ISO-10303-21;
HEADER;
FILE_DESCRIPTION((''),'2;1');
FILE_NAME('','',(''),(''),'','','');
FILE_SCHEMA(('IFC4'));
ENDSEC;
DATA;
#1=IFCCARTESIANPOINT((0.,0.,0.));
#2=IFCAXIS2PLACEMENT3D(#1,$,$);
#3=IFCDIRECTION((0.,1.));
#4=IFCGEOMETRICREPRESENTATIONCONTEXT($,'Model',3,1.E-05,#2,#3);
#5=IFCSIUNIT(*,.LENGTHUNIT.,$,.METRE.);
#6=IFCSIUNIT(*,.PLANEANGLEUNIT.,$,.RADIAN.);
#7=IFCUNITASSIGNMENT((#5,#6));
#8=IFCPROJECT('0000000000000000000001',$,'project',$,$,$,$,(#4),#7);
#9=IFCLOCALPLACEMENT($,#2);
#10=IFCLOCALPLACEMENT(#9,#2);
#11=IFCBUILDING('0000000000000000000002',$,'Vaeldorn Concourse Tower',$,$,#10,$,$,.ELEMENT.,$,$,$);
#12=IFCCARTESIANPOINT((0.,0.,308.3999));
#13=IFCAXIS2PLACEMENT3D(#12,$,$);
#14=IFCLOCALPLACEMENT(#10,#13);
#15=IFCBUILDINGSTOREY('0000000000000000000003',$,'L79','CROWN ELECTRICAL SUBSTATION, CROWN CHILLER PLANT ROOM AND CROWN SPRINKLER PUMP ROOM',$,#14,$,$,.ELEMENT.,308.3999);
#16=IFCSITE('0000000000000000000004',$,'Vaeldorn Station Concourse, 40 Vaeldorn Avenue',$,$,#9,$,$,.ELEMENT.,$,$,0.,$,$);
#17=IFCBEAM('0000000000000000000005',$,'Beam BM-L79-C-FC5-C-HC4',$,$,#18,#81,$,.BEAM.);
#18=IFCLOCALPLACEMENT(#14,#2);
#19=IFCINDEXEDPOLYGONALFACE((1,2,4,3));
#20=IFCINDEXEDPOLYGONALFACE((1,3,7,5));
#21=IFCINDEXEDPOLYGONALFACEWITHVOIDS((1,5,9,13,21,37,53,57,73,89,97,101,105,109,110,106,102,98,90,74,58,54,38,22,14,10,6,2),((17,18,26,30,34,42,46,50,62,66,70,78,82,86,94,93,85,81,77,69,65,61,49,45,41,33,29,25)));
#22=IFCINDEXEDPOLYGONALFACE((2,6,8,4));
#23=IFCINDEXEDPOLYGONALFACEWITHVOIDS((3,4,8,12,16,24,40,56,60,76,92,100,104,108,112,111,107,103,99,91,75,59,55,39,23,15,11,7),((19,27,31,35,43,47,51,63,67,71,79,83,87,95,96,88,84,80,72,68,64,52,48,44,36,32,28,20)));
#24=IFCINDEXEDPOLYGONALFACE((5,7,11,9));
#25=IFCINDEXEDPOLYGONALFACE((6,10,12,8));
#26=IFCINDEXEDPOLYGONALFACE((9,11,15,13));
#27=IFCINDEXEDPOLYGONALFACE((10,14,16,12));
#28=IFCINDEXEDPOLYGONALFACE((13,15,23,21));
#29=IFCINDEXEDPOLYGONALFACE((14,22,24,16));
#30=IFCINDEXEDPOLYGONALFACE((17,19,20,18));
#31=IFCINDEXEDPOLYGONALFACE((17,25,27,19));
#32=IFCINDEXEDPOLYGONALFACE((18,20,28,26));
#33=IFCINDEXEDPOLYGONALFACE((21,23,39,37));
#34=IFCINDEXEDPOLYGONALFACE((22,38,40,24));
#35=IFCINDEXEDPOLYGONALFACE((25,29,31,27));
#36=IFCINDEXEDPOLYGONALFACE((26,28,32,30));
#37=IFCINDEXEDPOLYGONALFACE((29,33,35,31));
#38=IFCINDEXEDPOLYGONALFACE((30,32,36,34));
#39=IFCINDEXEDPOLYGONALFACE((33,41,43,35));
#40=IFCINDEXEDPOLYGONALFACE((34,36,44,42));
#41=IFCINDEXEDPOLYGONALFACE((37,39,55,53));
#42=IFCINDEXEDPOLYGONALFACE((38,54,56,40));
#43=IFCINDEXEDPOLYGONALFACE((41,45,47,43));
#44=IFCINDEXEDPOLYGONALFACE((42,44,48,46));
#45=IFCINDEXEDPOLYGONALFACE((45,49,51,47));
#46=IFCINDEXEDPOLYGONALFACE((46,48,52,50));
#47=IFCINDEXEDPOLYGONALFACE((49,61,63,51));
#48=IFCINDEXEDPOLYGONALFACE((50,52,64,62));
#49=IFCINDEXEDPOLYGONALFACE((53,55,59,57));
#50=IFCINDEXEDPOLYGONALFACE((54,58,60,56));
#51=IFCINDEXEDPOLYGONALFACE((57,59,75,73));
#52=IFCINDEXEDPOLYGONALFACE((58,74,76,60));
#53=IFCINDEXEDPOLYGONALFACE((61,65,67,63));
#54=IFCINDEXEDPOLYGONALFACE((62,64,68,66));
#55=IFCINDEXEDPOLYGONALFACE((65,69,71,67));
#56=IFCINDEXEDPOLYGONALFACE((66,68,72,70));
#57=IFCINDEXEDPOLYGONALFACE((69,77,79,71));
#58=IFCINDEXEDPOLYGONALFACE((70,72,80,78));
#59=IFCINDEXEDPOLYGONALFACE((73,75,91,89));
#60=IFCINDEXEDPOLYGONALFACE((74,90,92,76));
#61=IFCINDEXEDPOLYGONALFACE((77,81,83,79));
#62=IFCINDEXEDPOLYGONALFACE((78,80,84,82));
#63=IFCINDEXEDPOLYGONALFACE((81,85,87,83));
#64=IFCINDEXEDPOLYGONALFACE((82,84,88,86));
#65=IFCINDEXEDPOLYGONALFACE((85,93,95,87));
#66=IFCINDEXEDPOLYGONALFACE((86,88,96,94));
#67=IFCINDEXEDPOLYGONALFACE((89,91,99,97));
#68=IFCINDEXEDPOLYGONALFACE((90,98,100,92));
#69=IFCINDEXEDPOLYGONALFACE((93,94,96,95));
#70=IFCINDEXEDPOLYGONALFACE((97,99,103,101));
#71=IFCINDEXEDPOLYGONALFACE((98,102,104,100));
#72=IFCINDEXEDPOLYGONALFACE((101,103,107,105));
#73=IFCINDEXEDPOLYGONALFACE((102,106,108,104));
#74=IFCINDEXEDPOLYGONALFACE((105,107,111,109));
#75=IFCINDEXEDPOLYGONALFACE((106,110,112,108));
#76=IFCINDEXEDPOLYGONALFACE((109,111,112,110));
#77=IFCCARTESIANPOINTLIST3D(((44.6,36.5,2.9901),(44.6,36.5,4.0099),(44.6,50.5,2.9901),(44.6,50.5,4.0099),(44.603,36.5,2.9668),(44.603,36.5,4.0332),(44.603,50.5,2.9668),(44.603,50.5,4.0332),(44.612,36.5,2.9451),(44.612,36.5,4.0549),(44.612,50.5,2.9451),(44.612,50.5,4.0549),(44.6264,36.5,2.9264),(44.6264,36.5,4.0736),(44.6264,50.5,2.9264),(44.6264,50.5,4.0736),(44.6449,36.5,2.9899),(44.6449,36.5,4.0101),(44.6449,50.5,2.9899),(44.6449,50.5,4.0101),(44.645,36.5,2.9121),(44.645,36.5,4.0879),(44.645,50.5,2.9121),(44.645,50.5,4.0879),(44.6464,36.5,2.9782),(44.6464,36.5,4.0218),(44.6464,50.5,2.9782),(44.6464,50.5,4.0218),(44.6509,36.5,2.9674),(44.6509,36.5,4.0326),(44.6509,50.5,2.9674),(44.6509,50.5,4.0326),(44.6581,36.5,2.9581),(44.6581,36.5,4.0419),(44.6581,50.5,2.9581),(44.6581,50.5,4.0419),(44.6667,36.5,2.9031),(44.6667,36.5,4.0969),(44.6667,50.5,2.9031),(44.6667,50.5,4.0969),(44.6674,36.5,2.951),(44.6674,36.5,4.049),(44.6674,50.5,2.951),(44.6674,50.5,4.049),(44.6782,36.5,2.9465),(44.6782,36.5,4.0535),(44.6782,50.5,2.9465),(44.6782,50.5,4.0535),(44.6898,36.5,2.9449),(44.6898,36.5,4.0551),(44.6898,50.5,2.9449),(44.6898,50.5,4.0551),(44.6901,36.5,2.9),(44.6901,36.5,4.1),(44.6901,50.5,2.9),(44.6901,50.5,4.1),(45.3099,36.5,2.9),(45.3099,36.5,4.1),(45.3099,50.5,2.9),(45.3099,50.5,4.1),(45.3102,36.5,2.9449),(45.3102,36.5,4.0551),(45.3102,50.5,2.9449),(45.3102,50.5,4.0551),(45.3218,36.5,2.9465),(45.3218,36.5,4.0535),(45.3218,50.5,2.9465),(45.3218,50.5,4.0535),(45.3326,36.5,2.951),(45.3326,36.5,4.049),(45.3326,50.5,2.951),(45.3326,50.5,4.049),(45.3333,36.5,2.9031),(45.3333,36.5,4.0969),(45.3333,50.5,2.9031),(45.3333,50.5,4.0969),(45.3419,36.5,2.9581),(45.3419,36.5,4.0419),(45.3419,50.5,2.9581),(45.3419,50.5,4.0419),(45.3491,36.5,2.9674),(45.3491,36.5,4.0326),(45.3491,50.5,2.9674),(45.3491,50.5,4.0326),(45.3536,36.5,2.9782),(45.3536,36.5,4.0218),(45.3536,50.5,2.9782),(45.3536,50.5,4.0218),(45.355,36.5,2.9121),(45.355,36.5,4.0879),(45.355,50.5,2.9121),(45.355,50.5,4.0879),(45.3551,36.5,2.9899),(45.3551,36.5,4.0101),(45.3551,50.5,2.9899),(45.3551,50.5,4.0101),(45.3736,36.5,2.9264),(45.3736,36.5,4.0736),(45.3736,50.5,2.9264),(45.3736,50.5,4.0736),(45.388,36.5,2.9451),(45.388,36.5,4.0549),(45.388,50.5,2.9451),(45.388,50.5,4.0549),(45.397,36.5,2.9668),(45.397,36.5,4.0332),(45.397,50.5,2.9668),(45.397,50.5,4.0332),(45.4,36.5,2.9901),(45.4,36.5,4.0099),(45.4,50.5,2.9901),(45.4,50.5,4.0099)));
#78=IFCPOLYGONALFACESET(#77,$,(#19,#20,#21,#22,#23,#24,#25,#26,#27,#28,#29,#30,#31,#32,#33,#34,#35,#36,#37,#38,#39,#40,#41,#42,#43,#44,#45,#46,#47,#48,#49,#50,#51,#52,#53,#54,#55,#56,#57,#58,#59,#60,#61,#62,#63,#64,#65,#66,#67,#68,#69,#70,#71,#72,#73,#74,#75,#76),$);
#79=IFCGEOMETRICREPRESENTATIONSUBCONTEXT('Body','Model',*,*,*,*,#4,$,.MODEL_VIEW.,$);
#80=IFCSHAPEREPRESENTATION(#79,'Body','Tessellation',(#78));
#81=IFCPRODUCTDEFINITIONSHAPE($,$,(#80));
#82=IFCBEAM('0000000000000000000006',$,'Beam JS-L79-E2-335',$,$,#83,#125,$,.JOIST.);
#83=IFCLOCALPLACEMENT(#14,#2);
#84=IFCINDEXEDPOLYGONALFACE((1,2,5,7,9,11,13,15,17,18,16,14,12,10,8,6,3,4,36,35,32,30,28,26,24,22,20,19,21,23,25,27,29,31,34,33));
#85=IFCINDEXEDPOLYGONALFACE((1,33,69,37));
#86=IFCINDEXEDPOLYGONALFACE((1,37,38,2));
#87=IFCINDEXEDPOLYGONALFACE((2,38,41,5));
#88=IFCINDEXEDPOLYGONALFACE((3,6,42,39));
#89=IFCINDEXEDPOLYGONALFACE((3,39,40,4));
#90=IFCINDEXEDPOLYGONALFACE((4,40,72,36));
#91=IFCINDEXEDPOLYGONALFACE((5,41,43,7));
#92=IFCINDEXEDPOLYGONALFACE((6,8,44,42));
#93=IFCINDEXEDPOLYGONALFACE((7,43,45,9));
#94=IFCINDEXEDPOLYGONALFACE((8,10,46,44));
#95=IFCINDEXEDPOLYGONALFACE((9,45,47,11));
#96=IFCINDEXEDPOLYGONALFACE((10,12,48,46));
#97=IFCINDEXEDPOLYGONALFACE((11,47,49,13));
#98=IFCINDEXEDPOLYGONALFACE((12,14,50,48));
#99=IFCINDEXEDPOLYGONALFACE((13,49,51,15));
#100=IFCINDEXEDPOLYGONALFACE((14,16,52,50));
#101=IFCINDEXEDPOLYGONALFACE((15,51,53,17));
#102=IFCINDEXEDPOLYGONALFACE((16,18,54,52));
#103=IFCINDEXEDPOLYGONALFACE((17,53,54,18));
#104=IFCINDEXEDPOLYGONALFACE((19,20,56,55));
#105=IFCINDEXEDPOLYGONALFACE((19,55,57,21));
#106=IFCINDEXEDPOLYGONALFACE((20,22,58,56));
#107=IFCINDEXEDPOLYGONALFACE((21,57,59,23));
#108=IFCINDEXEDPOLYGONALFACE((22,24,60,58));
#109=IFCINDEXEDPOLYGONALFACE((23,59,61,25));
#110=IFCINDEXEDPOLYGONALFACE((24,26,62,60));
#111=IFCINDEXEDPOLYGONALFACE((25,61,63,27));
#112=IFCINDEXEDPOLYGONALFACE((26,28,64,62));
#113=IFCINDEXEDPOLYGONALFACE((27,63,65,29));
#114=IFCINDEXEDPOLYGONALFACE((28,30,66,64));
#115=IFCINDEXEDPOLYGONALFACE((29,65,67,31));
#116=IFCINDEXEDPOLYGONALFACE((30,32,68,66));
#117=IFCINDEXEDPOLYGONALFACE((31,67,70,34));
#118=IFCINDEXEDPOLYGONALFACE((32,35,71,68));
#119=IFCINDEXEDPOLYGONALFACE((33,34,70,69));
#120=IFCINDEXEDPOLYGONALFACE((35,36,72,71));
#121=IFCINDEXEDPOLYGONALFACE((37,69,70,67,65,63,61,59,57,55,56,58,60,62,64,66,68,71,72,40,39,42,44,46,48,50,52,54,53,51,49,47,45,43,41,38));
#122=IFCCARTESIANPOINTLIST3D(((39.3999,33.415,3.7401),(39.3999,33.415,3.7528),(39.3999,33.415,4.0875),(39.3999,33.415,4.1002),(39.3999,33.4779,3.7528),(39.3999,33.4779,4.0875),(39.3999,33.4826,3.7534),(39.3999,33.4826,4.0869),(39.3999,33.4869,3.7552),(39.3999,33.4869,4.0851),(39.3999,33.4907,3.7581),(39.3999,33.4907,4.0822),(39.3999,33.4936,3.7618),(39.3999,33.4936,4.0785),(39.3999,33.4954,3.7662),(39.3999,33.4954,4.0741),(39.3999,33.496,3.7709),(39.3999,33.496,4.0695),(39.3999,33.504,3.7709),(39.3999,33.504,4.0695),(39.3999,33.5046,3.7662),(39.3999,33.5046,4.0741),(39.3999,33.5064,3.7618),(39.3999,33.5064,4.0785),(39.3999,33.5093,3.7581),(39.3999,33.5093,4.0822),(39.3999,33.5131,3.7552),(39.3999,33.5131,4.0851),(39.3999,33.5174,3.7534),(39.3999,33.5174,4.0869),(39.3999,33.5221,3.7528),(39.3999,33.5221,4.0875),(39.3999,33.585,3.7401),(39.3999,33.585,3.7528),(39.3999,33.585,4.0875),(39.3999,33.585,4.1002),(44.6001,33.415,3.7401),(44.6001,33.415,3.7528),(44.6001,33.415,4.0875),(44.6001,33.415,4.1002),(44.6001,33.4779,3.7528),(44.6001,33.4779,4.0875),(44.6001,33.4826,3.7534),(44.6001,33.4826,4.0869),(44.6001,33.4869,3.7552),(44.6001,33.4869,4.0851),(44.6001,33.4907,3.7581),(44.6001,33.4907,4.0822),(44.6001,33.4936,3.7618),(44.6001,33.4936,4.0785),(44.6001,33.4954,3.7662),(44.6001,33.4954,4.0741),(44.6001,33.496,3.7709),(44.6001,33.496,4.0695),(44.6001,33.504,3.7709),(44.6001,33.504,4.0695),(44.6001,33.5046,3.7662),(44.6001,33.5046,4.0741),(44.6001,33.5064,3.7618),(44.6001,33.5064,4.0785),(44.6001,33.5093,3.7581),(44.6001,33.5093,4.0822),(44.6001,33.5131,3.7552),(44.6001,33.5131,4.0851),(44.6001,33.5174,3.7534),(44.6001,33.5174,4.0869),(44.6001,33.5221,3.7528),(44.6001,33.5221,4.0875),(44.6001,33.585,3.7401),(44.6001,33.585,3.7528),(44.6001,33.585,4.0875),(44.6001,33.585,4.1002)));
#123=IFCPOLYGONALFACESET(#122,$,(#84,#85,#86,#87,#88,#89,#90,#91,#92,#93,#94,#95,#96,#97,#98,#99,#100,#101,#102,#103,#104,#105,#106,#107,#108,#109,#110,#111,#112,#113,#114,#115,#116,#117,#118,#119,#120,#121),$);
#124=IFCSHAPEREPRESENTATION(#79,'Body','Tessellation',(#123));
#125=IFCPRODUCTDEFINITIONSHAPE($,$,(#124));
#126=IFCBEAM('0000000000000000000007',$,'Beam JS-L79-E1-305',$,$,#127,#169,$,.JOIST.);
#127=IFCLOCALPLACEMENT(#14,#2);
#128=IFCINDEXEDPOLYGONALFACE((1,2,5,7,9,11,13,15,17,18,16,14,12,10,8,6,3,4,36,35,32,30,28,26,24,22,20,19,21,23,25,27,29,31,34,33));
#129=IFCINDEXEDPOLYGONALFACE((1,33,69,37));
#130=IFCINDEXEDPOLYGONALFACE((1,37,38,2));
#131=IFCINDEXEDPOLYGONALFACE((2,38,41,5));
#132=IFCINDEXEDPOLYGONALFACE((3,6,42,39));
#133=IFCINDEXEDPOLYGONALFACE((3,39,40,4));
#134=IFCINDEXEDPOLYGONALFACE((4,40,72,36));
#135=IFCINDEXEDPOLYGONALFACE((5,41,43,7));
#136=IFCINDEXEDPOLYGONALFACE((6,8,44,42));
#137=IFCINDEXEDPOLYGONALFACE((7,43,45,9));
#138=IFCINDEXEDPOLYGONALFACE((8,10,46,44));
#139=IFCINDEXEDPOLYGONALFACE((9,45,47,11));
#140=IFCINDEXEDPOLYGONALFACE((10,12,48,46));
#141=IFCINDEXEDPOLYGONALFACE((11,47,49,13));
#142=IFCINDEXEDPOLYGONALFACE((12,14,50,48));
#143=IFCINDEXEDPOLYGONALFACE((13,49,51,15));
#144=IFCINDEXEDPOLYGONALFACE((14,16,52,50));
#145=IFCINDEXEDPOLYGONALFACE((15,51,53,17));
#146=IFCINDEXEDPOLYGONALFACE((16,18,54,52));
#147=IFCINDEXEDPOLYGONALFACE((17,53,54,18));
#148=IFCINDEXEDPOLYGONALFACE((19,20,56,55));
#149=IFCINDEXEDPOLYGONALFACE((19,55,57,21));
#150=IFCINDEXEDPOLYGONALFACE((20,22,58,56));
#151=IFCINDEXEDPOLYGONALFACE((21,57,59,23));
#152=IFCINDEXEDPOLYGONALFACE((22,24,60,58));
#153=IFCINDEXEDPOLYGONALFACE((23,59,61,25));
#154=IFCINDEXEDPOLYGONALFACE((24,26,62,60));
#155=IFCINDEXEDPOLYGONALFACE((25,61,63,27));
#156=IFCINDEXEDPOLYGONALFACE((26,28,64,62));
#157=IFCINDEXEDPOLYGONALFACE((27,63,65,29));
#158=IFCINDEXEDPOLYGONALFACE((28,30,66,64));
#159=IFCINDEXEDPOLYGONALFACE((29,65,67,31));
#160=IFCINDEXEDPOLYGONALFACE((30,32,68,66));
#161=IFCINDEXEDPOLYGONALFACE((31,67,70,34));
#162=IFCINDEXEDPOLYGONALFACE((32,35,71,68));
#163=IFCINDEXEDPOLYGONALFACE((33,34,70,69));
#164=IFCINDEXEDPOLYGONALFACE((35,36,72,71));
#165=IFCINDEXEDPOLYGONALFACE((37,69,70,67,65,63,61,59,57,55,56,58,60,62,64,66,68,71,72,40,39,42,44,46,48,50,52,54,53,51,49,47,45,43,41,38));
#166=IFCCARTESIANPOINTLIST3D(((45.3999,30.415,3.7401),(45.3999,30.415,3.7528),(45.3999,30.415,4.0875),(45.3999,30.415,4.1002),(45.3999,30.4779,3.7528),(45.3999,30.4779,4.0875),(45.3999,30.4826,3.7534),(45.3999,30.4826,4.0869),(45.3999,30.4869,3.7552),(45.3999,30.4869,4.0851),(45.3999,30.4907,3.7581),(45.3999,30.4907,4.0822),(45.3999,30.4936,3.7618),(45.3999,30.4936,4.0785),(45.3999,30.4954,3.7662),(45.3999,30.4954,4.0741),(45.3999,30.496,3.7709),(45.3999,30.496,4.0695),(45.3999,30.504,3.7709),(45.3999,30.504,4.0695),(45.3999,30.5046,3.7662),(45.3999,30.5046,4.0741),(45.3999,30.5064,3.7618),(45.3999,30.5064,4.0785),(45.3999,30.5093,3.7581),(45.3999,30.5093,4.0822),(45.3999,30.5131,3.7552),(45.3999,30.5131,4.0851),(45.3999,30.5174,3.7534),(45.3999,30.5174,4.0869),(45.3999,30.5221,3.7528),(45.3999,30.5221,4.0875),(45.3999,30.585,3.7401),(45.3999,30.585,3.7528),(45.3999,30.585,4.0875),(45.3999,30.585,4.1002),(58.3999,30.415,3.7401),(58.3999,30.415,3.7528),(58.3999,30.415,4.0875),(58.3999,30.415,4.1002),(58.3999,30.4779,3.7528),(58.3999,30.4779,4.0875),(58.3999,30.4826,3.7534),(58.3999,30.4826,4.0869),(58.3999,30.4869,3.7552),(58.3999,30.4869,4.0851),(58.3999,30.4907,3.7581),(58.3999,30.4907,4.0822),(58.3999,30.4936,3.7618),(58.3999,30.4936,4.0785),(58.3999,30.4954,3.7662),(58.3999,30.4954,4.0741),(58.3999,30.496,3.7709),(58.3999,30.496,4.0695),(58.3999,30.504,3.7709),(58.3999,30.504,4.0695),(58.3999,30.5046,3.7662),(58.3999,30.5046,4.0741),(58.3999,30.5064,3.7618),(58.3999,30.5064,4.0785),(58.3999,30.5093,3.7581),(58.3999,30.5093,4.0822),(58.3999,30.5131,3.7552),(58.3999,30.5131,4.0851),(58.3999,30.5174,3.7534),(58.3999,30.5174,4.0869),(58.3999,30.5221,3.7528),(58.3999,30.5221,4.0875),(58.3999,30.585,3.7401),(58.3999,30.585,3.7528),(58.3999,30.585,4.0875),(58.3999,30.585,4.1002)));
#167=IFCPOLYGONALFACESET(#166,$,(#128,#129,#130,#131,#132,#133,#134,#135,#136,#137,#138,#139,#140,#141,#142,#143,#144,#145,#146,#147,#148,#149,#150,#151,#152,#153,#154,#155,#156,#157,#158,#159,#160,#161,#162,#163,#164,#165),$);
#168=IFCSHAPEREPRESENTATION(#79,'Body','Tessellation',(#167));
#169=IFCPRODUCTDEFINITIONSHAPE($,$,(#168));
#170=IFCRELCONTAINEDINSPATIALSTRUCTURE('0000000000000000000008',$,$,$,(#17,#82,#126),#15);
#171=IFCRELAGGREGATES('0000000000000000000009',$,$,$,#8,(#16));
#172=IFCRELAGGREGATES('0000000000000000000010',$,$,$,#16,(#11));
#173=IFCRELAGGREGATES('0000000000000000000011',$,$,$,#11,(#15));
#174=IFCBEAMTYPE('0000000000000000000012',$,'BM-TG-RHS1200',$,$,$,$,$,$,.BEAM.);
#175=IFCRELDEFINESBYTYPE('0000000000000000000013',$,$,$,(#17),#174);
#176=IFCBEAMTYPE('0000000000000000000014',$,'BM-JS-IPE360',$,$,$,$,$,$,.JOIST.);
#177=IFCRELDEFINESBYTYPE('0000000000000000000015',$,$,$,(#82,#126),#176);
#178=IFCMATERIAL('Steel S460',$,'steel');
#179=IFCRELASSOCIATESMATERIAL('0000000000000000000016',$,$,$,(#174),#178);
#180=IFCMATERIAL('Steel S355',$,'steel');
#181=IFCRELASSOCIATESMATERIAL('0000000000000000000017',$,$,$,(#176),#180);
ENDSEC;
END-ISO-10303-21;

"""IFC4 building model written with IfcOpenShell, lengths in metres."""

from ifc_helpers import new_model, si_unit, direction, frame, origin, origin_2d, place, context, subcontext, project, spatial, hollow_rectangle, i_section, extrude, source, transform, mapped, material, material_profile, profile_set, type_object, element, save


model = new_model("IFC4")

# Units and contexts
model_context = context("Model", 3, precision=1e-05, world=origin(), true_north=direction((0.0, 1.0)))
body_context = subcontext(model_context, "Body", "Model", "MODEL_VIEW")
ifc_project = project(units=[si_unit("LENGTHUNIT", "METRE"), si_unit("PLANEANGLEUNIT", "RADIAN")], contexts=[model_context])

# Site, building, storey
site_placement = place(None, origin())
site = spatial("IfcSite", under=ifc_project, at=site_placement, Name="Vaeldorn Station Concourse, 40 Vaeldorn Avenue", CompositionType="ELEMENT", RefElevation=0.0)
building_placement = place(site_placement, origin())
building = spatial("IfcBuilding", under=site, at=building_placement, Name="Vaeldorn Concourse Tower", CompositionType="ELEMENT")
storey_placement = place(building_placement, frame((0.0, 0.0, 308.3999)))
storey = spatial("IfcBuildingStorey", under=building, at=storey_placement, Name="L79", Description="CROWN ELECTRICAL SUBSTATION, CROWN CHILLER PLANT ROOM AND CROWN SPRINKLER PUMP ROOM", CompositionType="ELEMENT", Elevation=308.3999)

# Shared definitions
ifc_material_1 = material(Name="Steel S355", Category="steel")

# Beams
ifc_material_2 = material(Name="Steel S460", Category="steel")
ifc_material_profile_1 = material_profile(ifc_material_2, hollow_rectangle(XDim=0.8, YDim=1.2, WallThickness=0.0449, InnerFilletRadius=0.0449, OuterFilletRadius=0.0901, at=origin_2d()), Name="RHS 1200x800x45")
ifc_profile_set_1 = profile_set([ifc_material_profile_1], Name="Steel S460")
beam_type_1 = type_object("IfcBeamType", Name="BM-TG-RHS1200", PredefinedType="BEAM", material=ifc_profile_set_1)
shared_shape_1 = source(origin(), body_context, "Body", "SweptSolid", [
    extrude(hollow_rectangle(XDim=0.8, YDim=1.2, WallThickness=0.0449, InnerFilletRadius=0.0449, OuterFilletRadius=0.0901, at=origin_2d()), origin(), (0.0, 0.0, 1.0), 14.0),
])
beam_1_placement = place(storey_placement, frame((45.0, 36.5, 3.5), z_axis=(0.0, 1.0, 0.0), x_axis=(-1.0, 0.0, 0.0)))
element("IfcBeam", 1, at=beam_1_placement, inside=storey, type_object=beam_type_1, Name="Beam BM-L79-C-FC5-C-HC4", PredefinedType="BEAM", context=body_context, shape_type="MappedRepresentation", body=[
    mapped(shared_shape_1, transform((0.0, 0.0, 0.0), scale=1.0)),
])
ifc_material_profile_2 = material_profile(ifc_material_1, i_section(OverallWidth=0.1699, OverallDepth=0.3601, WebThickness=0.0081, FlangeThickness=0.0127, FilletRadius=0.0181, at=origin_2d()), Name="IPE 360")
ifc_profile_set_2 = profile_set([ifc_material_profile_2], Name="Steel S355")
beam_type_2 = type_object("IfcBeamType", Name="BM-JS-IPE360", PredefinedType="JOIST", material=ifc_profile_set_2)
shared_shape_2 = source(origin(), body_context, "Body", "SweptSolid", [
    extrude(i_section(OverallWidth=0.1699, OverallDepth=0.3601, WebThickness=0.0081, FlangeThickness=0.0127, FilletRadius=0.0181, at=origin_2d()), origin(), (0.0, 0.0, 1.0), 5.2002),
])
beam_2_placement = place(storey_placement, frame((39.3999, 33.5, 3.9202), z_axis=(1.0, 0.0, 0.0), x_axis=(0.0, 1.0, 0.0)))
element("IfcBeam", 2, at=beam_2_placement, inside=storey, type_object=beam_type_2, Name="Beam JS-L79-E2-335", PredefinedType="JOIST", context=body_context, shape_type="MappedRepresentation", body=[
    mapped(shared_shape_2, transform((0.0, 0.0, 0.0), scale=1.0)),
])
shared_shape_3 = source(origin(), body_context, "Body", "SweptSolid", [
    extrude(i_section(OverallWidth=0.1699, OverallDepth=0.3601, WebThickness=0.0081, FlangeThickness=0.0127, FilletRadius=0.0181, at=origin_2d()), origin(), (0.0, 0.0, 1.0), 13.0),
])
beam_3_placement = place(storey_placement, frame((45.3999, 30.5, 3.9202), z_axis=(1.0, 0.0, 0.0), x_axis=(0.0, 1.0, 0.0)))
element("IfcBeam", 3, at=beam_3_placement, inside=storey, type_object=beam_type_2, Name="Beam JS-L79-E1-305", PredefinedType="JOIST", context=body_context, shape_type="MappedRepresentation", body=[
    mapped(shared_shape_3, transform((0.0, 0.0, 0.0), scale=1.0)),
])

save(model, "model.ifc")
